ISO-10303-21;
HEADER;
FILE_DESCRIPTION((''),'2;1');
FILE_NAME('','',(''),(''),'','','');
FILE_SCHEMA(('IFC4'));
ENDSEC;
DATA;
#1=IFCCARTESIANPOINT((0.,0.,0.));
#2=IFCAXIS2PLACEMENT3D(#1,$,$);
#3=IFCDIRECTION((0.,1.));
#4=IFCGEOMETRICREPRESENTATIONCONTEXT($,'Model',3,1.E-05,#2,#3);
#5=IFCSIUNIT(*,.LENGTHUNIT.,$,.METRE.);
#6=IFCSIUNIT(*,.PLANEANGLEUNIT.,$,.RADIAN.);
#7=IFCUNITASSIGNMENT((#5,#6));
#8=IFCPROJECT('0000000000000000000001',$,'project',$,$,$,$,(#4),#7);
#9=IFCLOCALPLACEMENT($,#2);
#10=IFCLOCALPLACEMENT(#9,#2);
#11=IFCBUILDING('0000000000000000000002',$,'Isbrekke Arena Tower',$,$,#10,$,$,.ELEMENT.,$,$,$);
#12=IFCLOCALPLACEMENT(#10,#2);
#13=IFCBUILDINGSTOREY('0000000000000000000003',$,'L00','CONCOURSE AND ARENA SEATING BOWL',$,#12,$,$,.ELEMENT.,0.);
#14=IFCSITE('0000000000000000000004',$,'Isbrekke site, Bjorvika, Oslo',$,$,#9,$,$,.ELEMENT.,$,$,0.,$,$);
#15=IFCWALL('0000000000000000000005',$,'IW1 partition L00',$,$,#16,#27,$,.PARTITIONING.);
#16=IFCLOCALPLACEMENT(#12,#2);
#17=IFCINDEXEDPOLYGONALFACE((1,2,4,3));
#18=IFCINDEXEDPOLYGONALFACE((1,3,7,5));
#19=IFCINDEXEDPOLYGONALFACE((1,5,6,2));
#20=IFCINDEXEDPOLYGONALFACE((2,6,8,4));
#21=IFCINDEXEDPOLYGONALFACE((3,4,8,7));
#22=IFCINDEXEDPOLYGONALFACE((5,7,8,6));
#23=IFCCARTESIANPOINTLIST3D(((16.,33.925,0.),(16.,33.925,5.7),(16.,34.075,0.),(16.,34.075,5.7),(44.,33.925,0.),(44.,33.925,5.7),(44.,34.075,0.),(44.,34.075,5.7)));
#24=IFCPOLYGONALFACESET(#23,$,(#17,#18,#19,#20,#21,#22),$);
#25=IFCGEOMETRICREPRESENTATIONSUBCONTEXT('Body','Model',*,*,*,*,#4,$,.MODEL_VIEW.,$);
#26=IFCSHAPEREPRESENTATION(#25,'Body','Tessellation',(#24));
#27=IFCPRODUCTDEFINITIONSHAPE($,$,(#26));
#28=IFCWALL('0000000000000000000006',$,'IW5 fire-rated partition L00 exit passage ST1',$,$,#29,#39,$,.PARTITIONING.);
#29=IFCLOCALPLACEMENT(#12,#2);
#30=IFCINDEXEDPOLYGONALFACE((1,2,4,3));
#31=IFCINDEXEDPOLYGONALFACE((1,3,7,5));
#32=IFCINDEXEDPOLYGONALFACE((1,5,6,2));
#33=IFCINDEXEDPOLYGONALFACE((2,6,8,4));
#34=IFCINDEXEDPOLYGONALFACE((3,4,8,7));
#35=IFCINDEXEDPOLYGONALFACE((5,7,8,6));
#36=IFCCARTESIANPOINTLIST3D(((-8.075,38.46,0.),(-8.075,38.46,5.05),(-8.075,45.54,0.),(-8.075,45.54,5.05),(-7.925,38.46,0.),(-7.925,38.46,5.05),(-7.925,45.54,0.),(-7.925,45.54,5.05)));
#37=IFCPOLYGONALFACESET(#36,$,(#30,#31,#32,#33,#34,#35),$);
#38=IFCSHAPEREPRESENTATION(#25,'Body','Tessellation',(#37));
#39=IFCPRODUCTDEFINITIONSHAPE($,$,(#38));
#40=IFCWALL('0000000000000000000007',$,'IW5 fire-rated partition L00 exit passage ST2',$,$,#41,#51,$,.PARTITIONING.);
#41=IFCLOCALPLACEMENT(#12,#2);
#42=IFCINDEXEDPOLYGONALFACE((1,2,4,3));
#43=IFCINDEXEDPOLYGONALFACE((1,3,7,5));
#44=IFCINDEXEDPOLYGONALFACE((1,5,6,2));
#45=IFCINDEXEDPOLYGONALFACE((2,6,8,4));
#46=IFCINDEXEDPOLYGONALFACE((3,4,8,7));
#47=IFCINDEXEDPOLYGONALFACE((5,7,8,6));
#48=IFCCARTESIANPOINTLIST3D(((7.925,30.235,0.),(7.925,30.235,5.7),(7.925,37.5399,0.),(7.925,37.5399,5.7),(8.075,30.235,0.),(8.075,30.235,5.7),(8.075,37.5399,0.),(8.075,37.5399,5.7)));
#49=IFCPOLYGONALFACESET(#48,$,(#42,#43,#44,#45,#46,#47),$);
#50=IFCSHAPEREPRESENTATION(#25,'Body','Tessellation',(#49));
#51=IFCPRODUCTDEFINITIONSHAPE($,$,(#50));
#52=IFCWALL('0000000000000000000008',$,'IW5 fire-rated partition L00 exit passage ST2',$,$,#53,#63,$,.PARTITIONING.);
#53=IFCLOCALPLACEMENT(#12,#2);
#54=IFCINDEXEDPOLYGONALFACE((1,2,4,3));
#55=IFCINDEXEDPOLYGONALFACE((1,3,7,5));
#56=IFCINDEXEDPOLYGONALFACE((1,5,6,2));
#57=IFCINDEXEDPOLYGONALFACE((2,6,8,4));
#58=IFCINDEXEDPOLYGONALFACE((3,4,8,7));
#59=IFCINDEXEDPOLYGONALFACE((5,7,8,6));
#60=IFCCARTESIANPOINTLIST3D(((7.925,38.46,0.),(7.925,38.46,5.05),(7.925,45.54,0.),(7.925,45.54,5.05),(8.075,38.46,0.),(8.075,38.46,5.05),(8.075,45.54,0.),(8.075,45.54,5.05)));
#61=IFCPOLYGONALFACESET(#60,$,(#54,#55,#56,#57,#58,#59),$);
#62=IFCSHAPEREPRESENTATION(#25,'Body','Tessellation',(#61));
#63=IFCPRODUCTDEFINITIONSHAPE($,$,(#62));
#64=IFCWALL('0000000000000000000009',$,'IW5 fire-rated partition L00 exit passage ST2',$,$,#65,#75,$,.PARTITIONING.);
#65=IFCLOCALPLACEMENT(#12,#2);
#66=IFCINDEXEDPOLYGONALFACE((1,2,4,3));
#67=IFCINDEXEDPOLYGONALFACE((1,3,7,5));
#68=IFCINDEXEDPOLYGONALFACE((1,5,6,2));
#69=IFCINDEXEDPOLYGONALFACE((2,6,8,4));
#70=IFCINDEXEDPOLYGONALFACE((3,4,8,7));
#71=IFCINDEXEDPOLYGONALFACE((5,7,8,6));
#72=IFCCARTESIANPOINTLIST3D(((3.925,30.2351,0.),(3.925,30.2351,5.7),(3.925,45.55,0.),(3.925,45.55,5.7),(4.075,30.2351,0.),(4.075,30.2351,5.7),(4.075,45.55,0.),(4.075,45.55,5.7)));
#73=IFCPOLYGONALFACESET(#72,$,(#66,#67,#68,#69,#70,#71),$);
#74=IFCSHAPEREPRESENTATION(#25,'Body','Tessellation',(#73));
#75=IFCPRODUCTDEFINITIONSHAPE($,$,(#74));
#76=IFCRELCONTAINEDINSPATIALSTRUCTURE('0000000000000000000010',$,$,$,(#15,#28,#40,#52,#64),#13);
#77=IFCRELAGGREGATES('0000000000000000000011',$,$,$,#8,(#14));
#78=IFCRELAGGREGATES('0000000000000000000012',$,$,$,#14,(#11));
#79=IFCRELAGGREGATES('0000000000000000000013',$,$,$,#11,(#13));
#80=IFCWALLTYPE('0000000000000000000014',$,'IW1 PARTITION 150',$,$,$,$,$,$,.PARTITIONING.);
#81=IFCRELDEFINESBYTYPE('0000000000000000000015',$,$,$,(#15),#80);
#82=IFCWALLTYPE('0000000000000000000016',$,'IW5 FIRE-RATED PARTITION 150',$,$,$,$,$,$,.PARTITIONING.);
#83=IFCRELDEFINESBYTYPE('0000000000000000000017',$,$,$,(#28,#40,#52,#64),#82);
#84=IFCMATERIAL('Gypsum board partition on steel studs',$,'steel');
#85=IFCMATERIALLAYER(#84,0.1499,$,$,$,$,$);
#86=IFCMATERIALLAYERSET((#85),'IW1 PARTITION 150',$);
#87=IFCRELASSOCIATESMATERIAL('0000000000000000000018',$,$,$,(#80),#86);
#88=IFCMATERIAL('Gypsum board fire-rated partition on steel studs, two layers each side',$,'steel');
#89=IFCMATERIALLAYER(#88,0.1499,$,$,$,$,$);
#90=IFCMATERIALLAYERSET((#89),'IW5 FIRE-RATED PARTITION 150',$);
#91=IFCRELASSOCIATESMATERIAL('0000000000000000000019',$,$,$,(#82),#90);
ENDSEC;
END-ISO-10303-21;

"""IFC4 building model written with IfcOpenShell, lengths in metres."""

from ifc_helpers import new_model, si_unit, direction, frame, frame_2d, origin, place, context, subcontext, project, spatial, rectangle, extrude, material, layer, layer_set, type_object, element, save


model = new_model("IFC4")

# Units and contexts
model_context = context("Model", 3, precision=1e-05, world=origin(), true_north=direction((0.0, 1.0)))
body_context = subcontext(model_context, "Body", "Model", "MODEL_VIEW")
ifc_project = project(units=[si_unit("LENGTHUNIT", "METRE"), si_unit("PLANEANGLEUNIT", "RADIAN")], contexts=[model_context])

# Site, building, storey
site_placement = place(None, origin())
site = spatial("IfcSite", under=ifc_project, at=site_placement, Name="Isbrekke site, Bjorvika, Oslo", CompositionType="ELEMENT", RefElevation=0.0)
building_placement = place(site_placement, origin())
building = spatial("IfcBuilding", under=site, at=building_placement, Name="Isbrekke Arena Tower", CompositionType="ELEMENT")
storey_placement = place(building_placement, origin())
storey = spatial("IfcBuildingStorey", under=building, at=storey_placement, Name="L00", Description="CONCOURSE AND ARENA SEATING BOWL", CompositionType="ELEMENT", Elevation=0.0)

# Shared definitions
ifc_material_1 = material(Name="Gypsum board partition on steel studs", Category="steel")
ifc_layer_1 = layer(ifc_material_1, 0.1499)
ifc_layer_set_1 = layer_set([ifc_layer_1], Name="IW1 PARTITION 150")
wall_type_1 = type_object("IfcWallType", Name="IW1 PARTITION 150", PredefinedType="PARTITIONING", material=ifc_layer_set_1)

# Walls
wall_1_placement = place(storey_placement, frame((16.0, 34.0, 0.0), z_axis=(0.0, 0.0, 1.0), x_axis=(1.0, 0.0, 0.0)))
element("IfcWall", 1, at=wall_1_placement, inside=storey, type_object=wall_type_1, Name="IW1 partition L00", PredefinedType="PARTITIONING", context=body_context, shape_type="SweptSolid", body=[
    extrude(rectangle(XDim=28.0, YDim=0.1499, at=frame_2d((14.0, 0.0))), origin(), (0.0, 0.0, 1.0), 5.7),
])
ifc_material_2 = material(Name="Gypsum board fire-rated partition on steel studs, two layers each side", Category="steel")
ifc_layer_2 = layer(ifc_material_2, 0.1499)
ifc_layer_set_2 = layer_set([ifc_layer_2], Name="IW5 FIRE-RATED PARTITION 150")
wall_type_2 = type_object("IfcWallType", Name="IW5 FIRE-RATED PARTITION 150", PredefinedType="PARTITIONING", material=ifc_layer_set_2)
wall_2_placement = place(storey_placement, frame((-8.0, 38.46, 0.0), z_axis=(0.0, 0.0, 1.0), x_axis=(0.0, 1.0, 0.0)))
element("IfcWall", 2, at=wall_2_placement, inside=storey, type_object=wall_type_2, Name="IW5 fire-rated partition L00 exit passage ST1", PredefinedType="PARTITIONING", context=body_context, shape_type="SweptSolid", body=[
    extrude(rectangle(XDim=7.0801, YDim=0.1499, at=frame_2d((3.54, 0.0))), origin(), (0.0, 0.0, 1.0), 5.05),
])
wall_3_placement = place(storey_placement, frame((8.0, 30.2351, 0.0), z_axis=(0.0, 0.0, 1.0), x_axis=(0.0, 1.0, 0.0)))
element("IfcWall", 3, at=wall_3_placement, inside=storey, type_object=wall_type_2, Name="IW5 fire-rated partition L00 exit passage ST2", PredefinedType="PARTITIONING", context=body_context, shape_type="SweptSolid", body=[
    extrude(rectangle(XDim=7.3049, YDim=0.1499, at=frame_2d((3.6523, 0.0))), origin(), (0.0, 0.0, 1.0), 5.7),
])
wall_4_placement = place(storey_placement, frame((8.0, 38.46, 0.0), z_axis=(0.0, 0.0, 1.0), x_axis=(0.0, 1.0, 0.0)))
element("IfcWall", 4, at=wall_4_placement, inside=storey, type_object=wall_type_2, Name="IW5 fire-rated partition L00 exit passage ST2", PredefinedType="PARTITIONING", context=body_context, shape_type="SweptSolid", body=[
    extrude(rectangle(XDim=7.0801, YDim=0.1499, at=frame_2d((3.54, 0.0))), origin(), (0.0, 0.0, 1.0), 5.05),
])
wall_5_placement = place(storey_placement, frame((4.0, 30.2351, 0.0), z_axis=(0.0, 0.0, 1.0), x_axis=(0.0, 1.0, 0.0)))
element("IfcWall", 5, at=wall_5_placement, inside=storey, type_object=wall_type_2, Name="IW5 fire-rated partition L00 exit passage ST2", PredefinedType="PARTITIONING", context=body_context, shape_type="SweptSolid", body=[
    extrude(rectangle(XDim=15.3149, YDim=0.1499, at=frame_2d((7.6575, 0.0))), origin(), (0.0, 0.0, 1.0), 5.7),
])

save(model, "model.ifc")
